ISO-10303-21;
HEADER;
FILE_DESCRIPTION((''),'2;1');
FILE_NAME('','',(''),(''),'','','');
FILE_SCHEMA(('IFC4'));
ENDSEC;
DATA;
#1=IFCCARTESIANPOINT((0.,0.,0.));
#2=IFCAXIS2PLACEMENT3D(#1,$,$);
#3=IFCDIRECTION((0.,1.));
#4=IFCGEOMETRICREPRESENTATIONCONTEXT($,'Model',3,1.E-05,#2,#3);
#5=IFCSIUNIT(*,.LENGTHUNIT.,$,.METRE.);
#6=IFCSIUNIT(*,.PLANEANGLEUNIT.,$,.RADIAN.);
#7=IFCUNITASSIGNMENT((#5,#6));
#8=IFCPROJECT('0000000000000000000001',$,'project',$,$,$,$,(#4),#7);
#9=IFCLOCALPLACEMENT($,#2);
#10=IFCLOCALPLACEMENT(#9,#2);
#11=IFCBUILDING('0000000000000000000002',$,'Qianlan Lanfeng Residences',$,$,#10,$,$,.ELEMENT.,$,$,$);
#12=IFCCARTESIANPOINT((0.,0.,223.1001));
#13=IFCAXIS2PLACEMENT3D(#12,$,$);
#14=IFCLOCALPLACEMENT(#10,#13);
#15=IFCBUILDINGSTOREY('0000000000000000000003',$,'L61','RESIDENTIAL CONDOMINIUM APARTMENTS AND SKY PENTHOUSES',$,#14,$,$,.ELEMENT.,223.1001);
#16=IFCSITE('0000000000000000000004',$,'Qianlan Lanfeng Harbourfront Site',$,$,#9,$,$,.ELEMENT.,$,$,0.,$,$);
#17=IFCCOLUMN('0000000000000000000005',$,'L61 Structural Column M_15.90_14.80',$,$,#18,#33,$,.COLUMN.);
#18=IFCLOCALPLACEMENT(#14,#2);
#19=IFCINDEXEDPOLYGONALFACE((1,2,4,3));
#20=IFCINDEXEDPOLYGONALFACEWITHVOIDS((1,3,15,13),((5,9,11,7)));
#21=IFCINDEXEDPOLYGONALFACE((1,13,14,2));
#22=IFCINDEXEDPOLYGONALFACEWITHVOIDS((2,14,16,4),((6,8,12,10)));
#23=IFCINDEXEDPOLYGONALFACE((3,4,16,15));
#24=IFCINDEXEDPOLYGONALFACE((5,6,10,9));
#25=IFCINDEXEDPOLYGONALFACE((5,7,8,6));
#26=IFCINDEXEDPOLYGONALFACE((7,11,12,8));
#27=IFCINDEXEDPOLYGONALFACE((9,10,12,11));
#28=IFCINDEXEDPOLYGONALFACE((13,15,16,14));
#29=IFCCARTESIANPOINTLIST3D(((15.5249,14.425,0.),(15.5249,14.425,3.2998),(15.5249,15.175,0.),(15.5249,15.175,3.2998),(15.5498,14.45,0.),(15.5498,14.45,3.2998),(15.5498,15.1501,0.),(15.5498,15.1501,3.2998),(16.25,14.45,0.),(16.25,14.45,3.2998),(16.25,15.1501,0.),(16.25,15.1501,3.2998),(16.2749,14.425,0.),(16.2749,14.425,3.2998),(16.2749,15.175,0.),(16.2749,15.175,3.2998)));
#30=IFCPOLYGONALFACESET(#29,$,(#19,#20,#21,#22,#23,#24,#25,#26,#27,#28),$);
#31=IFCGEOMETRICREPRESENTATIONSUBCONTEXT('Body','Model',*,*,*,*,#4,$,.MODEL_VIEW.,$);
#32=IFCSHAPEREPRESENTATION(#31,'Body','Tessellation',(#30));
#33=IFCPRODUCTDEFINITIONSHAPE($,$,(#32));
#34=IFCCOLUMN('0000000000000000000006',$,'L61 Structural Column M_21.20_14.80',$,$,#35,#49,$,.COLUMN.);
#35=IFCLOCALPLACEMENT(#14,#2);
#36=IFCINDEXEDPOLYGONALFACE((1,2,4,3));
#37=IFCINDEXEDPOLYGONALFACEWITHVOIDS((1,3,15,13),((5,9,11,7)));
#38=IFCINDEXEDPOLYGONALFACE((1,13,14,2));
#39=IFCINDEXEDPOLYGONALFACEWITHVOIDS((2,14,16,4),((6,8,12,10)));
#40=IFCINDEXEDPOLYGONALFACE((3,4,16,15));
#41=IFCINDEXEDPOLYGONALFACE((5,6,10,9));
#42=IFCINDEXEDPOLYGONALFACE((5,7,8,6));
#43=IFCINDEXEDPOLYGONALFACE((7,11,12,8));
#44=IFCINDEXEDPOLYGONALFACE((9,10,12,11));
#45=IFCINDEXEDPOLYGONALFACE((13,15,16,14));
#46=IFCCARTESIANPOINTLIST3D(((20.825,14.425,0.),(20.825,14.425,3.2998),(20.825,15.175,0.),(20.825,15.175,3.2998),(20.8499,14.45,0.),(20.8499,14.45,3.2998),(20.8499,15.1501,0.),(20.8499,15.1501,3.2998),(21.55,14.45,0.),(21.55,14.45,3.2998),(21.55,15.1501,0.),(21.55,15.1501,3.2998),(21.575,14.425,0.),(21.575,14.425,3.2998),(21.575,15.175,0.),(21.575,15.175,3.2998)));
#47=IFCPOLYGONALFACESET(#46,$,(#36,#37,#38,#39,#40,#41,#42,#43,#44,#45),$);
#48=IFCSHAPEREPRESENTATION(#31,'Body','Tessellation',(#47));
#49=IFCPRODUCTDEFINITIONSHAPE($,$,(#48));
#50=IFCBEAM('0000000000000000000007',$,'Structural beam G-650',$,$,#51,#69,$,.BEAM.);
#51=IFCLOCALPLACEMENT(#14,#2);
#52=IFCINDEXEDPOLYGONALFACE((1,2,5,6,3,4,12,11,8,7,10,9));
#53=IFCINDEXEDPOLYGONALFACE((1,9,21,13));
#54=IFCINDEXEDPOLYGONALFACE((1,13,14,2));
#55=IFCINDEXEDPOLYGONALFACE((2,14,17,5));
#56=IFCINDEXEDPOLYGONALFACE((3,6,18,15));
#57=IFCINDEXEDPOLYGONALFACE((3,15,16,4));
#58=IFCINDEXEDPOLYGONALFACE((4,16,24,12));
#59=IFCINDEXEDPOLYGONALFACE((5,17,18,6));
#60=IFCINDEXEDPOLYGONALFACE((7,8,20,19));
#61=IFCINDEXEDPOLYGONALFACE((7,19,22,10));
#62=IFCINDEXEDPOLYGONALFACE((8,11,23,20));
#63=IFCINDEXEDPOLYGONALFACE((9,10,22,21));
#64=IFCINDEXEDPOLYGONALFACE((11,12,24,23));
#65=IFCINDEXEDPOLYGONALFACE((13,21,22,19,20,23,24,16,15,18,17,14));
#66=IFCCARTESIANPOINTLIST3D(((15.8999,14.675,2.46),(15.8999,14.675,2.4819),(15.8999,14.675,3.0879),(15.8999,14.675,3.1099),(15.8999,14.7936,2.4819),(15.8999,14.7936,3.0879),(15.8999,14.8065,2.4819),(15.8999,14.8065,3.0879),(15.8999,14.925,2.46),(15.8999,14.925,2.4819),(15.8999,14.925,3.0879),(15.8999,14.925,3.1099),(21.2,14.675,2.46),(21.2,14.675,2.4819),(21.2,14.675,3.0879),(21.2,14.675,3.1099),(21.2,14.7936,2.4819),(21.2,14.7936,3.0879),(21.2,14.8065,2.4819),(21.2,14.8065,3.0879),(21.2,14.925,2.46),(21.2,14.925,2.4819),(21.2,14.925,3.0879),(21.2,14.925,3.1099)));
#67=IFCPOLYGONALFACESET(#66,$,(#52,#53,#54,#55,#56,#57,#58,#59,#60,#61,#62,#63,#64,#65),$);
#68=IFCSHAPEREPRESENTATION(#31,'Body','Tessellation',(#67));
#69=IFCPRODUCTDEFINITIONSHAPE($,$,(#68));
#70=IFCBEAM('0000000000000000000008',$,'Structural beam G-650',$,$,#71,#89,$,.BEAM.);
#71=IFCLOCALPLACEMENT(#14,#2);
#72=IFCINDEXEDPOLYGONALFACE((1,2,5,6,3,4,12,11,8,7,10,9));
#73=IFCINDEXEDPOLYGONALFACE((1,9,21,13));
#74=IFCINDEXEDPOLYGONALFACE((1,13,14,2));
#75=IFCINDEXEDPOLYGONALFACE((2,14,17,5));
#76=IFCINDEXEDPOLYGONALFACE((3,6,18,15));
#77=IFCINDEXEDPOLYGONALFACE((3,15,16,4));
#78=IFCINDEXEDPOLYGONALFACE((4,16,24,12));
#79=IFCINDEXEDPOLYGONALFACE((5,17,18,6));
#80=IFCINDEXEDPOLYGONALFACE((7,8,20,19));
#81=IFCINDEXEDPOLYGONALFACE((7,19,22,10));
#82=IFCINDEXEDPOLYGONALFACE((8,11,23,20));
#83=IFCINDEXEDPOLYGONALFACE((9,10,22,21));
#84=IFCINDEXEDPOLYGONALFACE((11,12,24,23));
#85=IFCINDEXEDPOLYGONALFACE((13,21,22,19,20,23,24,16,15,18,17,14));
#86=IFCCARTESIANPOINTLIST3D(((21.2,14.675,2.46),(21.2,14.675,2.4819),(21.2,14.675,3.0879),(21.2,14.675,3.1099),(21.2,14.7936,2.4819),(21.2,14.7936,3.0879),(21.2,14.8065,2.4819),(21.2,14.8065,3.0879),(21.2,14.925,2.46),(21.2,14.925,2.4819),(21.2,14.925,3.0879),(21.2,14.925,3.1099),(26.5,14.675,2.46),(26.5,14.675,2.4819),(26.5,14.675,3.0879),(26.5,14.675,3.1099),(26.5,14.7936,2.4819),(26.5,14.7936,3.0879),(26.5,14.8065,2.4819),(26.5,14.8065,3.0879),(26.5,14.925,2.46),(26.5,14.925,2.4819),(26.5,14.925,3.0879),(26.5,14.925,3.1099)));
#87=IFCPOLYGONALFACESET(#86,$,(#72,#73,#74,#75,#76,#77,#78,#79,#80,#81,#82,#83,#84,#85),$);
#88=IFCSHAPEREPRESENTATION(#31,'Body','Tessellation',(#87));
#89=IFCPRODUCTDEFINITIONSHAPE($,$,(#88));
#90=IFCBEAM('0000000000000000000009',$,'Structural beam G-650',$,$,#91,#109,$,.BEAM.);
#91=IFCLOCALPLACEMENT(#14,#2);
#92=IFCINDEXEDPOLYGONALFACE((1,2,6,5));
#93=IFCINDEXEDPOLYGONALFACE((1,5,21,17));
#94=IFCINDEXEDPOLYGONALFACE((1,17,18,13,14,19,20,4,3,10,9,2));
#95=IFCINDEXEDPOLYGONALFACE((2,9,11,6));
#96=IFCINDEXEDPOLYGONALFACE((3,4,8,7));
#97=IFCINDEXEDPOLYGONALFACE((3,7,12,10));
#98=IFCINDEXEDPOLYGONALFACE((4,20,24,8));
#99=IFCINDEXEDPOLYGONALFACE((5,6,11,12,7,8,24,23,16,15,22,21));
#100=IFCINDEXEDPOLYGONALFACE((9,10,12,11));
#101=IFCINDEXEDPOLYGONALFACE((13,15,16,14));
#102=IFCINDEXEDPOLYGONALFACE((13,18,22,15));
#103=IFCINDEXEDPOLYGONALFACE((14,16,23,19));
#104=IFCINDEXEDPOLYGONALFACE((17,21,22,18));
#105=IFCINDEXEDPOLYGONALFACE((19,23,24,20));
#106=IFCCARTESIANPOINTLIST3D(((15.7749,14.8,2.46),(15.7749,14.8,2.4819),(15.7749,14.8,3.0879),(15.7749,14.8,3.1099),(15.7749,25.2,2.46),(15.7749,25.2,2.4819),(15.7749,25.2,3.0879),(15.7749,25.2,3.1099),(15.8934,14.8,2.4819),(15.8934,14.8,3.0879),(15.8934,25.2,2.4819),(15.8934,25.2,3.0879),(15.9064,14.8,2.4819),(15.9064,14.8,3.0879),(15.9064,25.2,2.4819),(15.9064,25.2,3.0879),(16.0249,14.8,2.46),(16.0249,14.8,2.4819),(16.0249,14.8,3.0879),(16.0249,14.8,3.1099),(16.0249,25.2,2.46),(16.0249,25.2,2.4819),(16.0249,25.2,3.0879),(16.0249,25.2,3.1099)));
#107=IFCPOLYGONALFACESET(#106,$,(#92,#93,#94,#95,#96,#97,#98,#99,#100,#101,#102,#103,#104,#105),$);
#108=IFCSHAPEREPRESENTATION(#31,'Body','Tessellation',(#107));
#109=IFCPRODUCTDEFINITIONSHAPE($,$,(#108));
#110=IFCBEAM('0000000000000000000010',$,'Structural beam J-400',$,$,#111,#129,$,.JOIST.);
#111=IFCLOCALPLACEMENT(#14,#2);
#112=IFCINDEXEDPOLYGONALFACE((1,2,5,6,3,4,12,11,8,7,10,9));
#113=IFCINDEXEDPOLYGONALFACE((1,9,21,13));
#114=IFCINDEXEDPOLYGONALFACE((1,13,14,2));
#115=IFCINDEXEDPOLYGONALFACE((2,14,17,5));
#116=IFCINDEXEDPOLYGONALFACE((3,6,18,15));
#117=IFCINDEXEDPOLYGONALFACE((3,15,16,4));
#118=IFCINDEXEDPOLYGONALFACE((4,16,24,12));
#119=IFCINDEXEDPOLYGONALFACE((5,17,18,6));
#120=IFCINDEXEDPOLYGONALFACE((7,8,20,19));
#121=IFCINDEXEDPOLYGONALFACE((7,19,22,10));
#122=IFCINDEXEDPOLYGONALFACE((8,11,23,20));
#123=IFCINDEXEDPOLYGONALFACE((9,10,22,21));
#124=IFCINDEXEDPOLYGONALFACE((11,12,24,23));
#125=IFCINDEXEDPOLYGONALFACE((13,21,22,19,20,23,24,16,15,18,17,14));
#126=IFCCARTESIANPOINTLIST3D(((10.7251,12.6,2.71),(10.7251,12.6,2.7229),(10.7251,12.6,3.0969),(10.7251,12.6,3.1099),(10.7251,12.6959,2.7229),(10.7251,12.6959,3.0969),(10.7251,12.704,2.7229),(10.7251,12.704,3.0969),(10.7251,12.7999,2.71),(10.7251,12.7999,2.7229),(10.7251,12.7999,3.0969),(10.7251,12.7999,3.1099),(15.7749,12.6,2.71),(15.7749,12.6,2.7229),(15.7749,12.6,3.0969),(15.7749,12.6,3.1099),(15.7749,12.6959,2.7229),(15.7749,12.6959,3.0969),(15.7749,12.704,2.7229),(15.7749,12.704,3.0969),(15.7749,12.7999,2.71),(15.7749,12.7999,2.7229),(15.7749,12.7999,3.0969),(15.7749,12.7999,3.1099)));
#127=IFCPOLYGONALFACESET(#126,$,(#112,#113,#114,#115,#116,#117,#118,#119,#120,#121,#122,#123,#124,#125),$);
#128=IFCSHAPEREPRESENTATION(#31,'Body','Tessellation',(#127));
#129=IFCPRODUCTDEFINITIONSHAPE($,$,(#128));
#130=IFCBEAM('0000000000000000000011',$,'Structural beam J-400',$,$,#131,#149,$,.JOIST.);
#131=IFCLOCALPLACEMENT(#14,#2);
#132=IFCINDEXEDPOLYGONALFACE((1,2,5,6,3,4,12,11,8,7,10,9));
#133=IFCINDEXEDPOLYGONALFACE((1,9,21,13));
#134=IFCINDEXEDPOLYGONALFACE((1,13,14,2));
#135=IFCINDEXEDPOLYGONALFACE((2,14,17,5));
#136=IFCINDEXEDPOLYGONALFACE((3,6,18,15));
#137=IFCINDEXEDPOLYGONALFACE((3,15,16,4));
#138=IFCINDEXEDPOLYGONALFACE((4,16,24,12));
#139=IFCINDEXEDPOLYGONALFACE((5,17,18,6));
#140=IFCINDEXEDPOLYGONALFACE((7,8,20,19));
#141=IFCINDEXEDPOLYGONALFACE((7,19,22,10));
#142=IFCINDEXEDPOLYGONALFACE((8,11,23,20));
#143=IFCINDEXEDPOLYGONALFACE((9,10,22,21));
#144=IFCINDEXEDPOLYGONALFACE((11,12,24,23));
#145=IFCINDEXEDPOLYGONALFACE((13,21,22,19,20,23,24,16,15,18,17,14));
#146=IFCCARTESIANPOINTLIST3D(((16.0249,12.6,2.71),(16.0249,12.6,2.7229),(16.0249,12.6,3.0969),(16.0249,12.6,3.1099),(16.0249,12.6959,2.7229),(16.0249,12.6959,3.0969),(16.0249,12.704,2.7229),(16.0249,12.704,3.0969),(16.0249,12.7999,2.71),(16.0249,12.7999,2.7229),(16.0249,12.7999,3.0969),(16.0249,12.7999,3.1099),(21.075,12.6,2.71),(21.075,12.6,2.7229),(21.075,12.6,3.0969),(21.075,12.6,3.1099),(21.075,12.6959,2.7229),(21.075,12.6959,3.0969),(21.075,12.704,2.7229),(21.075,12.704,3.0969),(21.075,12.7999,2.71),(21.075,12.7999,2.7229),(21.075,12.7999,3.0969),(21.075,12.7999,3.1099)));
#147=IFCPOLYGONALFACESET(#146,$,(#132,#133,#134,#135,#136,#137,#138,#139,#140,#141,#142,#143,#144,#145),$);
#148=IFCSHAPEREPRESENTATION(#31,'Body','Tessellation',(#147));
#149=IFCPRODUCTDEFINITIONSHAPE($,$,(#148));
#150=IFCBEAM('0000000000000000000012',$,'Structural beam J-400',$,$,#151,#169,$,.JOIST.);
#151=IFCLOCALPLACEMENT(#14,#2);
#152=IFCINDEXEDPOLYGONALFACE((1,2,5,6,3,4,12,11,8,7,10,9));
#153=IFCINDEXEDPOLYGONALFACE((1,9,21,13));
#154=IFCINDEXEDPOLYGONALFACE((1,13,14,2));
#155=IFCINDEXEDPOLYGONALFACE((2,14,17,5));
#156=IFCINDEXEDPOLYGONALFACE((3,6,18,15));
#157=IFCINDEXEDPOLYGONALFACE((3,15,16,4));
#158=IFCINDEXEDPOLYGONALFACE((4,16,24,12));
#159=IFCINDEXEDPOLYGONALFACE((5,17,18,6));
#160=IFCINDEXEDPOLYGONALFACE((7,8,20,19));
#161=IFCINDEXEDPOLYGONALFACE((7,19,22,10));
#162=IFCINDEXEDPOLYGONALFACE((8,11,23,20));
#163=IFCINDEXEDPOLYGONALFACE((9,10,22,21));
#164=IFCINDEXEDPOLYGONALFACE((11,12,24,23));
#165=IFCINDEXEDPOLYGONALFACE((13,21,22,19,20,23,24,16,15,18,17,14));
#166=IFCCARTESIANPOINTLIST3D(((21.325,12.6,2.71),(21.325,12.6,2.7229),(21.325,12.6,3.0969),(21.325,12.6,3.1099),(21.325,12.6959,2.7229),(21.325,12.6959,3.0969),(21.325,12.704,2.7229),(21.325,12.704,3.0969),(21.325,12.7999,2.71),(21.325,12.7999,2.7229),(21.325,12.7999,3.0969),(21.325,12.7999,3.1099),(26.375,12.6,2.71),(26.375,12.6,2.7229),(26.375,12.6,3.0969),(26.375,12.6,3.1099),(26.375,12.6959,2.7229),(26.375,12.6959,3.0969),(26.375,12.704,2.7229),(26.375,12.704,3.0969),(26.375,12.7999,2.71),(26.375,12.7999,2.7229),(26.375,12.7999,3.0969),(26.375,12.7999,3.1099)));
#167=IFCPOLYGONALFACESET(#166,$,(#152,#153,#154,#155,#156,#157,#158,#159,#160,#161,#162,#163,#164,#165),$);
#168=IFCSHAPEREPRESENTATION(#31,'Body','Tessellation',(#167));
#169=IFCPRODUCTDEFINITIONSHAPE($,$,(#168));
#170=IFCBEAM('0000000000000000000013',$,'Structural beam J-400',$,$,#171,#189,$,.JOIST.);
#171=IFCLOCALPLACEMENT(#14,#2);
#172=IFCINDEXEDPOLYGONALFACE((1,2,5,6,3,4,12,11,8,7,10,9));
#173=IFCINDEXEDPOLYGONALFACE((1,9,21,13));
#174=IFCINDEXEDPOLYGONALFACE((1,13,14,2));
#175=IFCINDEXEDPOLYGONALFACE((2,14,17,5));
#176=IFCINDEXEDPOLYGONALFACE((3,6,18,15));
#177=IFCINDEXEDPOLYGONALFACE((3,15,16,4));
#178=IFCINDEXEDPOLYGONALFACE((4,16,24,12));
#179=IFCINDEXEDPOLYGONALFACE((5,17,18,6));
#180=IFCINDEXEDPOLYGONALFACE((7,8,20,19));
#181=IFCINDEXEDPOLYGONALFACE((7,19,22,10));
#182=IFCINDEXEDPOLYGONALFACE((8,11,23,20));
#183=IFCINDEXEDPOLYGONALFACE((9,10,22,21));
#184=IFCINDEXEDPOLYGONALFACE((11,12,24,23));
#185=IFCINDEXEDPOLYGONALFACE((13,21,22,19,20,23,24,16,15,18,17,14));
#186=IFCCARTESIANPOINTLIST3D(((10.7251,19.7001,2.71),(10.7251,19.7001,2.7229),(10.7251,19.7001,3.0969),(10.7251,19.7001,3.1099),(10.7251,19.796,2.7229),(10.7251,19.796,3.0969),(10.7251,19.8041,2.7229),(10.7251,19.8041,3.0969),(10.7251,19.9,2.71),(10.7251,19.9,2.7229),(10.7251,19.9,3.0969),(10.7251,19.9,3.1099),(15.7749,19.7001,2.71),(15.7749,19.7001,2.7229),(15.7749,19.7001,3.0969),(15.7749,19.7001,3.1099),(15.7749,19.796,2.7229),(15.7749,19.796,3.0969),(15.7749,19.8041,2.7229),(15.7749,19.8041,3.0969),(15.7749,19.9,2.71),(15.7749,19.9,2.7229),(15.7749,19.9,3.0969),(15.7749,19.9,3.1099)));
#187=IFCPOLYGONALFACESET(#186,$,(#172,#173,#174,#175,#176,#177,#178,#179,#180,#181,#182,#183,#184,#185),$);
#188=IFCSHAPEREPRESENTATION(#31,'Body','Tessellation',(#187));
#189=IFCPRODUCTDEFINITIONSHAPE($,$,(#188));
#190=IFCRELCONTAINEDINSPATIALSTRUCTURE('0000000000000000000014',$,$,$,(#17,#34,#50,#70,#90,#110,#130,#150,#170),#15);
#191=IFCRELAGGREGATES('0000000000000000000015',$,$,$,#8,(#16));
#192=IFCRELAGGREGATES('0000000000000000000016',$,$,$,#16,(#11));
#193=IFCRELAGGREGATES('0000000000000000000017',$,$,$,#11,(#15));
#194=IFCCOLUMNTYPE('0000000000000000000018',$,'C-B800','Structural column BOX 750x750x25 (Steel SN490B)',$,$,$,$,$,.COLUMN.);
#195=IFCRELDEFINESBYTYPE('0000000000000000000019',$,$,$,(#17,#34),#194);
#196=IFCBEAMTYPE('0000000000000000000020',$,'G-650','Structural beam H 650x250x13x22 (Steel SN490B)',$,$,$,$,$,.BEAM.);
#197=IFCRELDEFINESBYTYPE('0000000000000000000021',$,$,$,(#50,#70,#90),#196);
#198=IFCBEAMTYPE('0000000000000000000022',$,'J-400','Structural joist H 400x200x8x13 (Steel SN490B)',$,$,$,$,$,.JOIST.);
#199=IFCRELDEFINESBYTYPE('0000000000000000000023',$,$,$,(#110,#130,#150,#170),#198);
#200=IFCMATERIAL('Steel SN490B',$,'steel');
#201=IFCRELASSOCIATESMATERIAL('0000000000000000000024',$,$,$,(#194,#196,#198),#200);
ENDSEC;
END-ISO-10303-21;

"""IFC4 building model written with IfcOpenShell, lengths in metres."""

from ifc_helpers import new_model, si_unit, direction, frame, origin, origin_2d, place, context, subcontext, project, spatial, hollow_rectangle, i_section, extrude, material, material_profile, profile_set, type_object, element, save


model = new_model("IFC4")

# Units and contexts
model_context = context("Model", 3, precision=1e-05, world=origin(), true_north=direction((0.0, 1.0)))
body_context = subcontext(model_context, "Body", "Model", "MODEL_VIEW")
ifc_project = project(units=[si_unit("LENGTHUNIT", "METRE"), si_unit("PLANEANGLEUNIT", "RADIAN")], contexts=[model_context])

# Site, building, storey
site_placement = place(None, origin())
site = spatial("IfcSite", under=ifc_project, at=site_placement, Name="Qianlan Lanfeng Harbourfront Site", CompositionType="ELEMENT", RefElevation=0.0)
building_placement = place(site_placement, origin())
building = spatial("IfcBuilding", under=site, at=building_placement, Name="Qianlan Lanfeng Residences", CompositionType="ELEMENT")
storey_placement = place(building_placement, frame((0.0, 0.0, 223.1001)))
storey = spatial("IfcBuildingStorey", under=building, at=storey_placement, Name="L61", Description="RESIDENTIAL CONDOMINIUM APARTMENTS AND SKY PENTHOUSES", CompositionType="ELEMENT", Elevation=223.1001)

# Columns
ifc_material_1 = material(Name="Steel SN490B", Category="steel")
ifc_material_profile_1 = material_profile(ifc_material_1, hollow_rectangle(XDim=0.75, YDim=0.75, WallThickness=0.0249, at=origin_2d()), Name="BOX 750x750x25")
ifc_profile_set_1 = profile_set([ifc_material_profile_1], Name="Steel SN490B")
column_type = type_object("IfcColumnType", Name="C-B800", Description="Structural column BOX 750x750x25 (Steel SN490B)", PredefinedType="COLUMN", material=ifc_profile_set_1)
for number, where, z_axis, x_axis, name in (
    (1, (15.8999, 14.8, 0.0), (0.0, 0.0, 1.0), (1.0, 0.0, 0.0), "L61 Structural Column M_15.90_14.80"),
    (2, (21.2, 14.8, 0.0), (0.0, 0.0, 1.0), (1.0, 0.0, 0.0), "L61 Structural Column M_21.20_14.80"),
):
    element("IfcColumn", number, at=place(storey_placement, frame(where, z_axis=z_axis, x_axis=x_axis)), inside=storey, type_object=column_type, Name=name, PredefinedType="COLUMN", context=body_context, shape_type="SweptSolid", body=[
        extrude(hollow_rectangle(XDim=0.75, YDim=0.75, WallThickness=0.0249, at=origin_2d()), origin(), (0.0, 0.0, 1.0), 3.2998),
    ])

# Beams
ifc_material_profile_2 = material_profile(ifc_material_1, i_section(OverallWidth=0.25, OverallDepth=0.6499, WebThickness=0.0129, FlangeThickness=0.022, at=origin_2d()), Name="H 650x250x13x22")
ifc_profile_set_2 = profile_set([ifc_material_profile_2], Name="Steel SN490B")
beam_type_1 = type_object("IfcBeamType", Name="G-650", Description="Structural beam H 650x250x13x22 (Steel SN490B)", PredefinedType="BEAM", material=ifc_profile_set_2)
for number, where, z_axis, x_axis, name in (
    (3, (15.8999, 14.8, 2.7849), (1.0, 0.0, 0.0), (0.0, 1.0, 0.0), "Structural beam G-650"),
    (4, (21.2, 14.8, 2.7849), (1.0, 0.0, 0.0), (0.0, 1.0, 0.0), "Structural beam G-650"),
):
    element("IfcBeam", number, at=place(storey_placement, frame(where, z_axis=z_axis, x_axis=x_axis)), inside=storey, type_object=beam_type_1, Name=name, PredefinedType="BEAM", context=body_context, shape_type="SweptSolid", body=[
        extrude(i_section(OverallWidth=0.25, OverallDepth=0.6499, WebThickness=0.0129, FlangeThickness=0.022, at=origin_2d()), origin(), (0.0, 0.0, 1.0), 5.3),
    ])
beam_1_placement = place(storey_placement, frame((15.8999, 14.8, 2.7849), z_axis=(0.0, 1.0, 0.0), x_axis=(-1.0, 0.0, 0.0)))
element("IfcBeam", 5, at=beam_1_placement, inside=storey, type_object=beam_type_1, Name="Structural beam G-650", PredefinedType="BEAM", context=body_context, shape_type="SweptSolid", body=[
    extrude(i_section(OverallWidth=0.25, OverallDepth=0.6499, WebThickness=0.0129, FlangeThickness=0.022, at=origin_2d()), origin(), (0.0, 0.0, 1.0), 10.3999),
])
ifc_material_profile_3 = material_profile(ifc_material_1, i_section(OverallWidth=0.2, OverallDepth=0.3999, WebThickness=0.0081, FlangeThickness=0.0129, at=origin_2d()), Name="H 400x200x8x13")
ifc_profile_set_3 = profile_set([ifc_material_profile_3], Name="Steel SN490B")
beam_type_2 = type_object("IfcBeamType", Name="J-400", Description="Structural joist H 400x200x8x13 (Steel SN490B)", PredefinedType="JOIST", material=ifc_profile_set_3)
beam_2_placement = place(storey_placement, frame((10.7251, 12.7, 2.9099), z_axis=(1.0, 0.0, 0.0), x_axis=(0.0, 1.0, 0.0)))
element("IfcBeam", 6, at=beam_2_placement, inside=storey, type_object=beam_type_2, Name="Structural beam J-400", PredefinedType="JOIST", context=body_context, shape_type="SweptSolid", body=[
    extrude(i_section(OverallWidth=0.2, OverallDepth=0.3999, WebThickness=0.0081, FlangeThickness=0.0129, at=origin_2d()), origin(), (0.0, 0.0, 1.0), 5.0498),
])
for number, where, z_axis, x_axis, name in (
    (7, (16.0249, 12.7, 2.9099), (1.0, 0.0, 0.0), (0.0, 1.0, 0.0), "Structural beam J-400"),
    (8, (21.325, 12.7, 2.9099), (1.0, 0.0, 0.0), (0.0, 1.0, 0.0), "Structural beam J-400"),
):
    element("IfcBeam", number, at=place(storey_placement, frame(where, z_axis=z_axis, x_axis=x_axis)), inside=storey, type_object=beam_type_2, Name=name, PredefinedType="JOIST", context=body_context, shape_type="SweptSolid", body=[
        extrude(i_section(OverallWidth=0.2, OverallDepth=0.3999, WebThickness=0.0081, FlangeThickness=0.0129, at=origin_2d()), origin(), (0.0, 0.0, 1.0), 5.05),
    ])
beam_3_placement = place(storey_placement, frame((10.7251, 19.8, 2.9099), z_axis=(1.0, 0.0, 0.0), x_axis=(0.0, 1.0, 0.0)))
element("IfcBeam", 9, at=beam_3_placement, inside=storey, type_object=beam_type_2, Name="Structural beam J-400", PredefinedType="JOIST", context=body_context, shape_type="SweptSolid", body=[
    extrude(i_section(OverallWidth=0.2, OverallDepth=0.3999, WebThickness=0.0081, FlangeThickness=0.0129, at=origin_2d()), origin(), (0.0, 0.0, 1.0), 5.0498),
])

save(model, "model.ifc")
